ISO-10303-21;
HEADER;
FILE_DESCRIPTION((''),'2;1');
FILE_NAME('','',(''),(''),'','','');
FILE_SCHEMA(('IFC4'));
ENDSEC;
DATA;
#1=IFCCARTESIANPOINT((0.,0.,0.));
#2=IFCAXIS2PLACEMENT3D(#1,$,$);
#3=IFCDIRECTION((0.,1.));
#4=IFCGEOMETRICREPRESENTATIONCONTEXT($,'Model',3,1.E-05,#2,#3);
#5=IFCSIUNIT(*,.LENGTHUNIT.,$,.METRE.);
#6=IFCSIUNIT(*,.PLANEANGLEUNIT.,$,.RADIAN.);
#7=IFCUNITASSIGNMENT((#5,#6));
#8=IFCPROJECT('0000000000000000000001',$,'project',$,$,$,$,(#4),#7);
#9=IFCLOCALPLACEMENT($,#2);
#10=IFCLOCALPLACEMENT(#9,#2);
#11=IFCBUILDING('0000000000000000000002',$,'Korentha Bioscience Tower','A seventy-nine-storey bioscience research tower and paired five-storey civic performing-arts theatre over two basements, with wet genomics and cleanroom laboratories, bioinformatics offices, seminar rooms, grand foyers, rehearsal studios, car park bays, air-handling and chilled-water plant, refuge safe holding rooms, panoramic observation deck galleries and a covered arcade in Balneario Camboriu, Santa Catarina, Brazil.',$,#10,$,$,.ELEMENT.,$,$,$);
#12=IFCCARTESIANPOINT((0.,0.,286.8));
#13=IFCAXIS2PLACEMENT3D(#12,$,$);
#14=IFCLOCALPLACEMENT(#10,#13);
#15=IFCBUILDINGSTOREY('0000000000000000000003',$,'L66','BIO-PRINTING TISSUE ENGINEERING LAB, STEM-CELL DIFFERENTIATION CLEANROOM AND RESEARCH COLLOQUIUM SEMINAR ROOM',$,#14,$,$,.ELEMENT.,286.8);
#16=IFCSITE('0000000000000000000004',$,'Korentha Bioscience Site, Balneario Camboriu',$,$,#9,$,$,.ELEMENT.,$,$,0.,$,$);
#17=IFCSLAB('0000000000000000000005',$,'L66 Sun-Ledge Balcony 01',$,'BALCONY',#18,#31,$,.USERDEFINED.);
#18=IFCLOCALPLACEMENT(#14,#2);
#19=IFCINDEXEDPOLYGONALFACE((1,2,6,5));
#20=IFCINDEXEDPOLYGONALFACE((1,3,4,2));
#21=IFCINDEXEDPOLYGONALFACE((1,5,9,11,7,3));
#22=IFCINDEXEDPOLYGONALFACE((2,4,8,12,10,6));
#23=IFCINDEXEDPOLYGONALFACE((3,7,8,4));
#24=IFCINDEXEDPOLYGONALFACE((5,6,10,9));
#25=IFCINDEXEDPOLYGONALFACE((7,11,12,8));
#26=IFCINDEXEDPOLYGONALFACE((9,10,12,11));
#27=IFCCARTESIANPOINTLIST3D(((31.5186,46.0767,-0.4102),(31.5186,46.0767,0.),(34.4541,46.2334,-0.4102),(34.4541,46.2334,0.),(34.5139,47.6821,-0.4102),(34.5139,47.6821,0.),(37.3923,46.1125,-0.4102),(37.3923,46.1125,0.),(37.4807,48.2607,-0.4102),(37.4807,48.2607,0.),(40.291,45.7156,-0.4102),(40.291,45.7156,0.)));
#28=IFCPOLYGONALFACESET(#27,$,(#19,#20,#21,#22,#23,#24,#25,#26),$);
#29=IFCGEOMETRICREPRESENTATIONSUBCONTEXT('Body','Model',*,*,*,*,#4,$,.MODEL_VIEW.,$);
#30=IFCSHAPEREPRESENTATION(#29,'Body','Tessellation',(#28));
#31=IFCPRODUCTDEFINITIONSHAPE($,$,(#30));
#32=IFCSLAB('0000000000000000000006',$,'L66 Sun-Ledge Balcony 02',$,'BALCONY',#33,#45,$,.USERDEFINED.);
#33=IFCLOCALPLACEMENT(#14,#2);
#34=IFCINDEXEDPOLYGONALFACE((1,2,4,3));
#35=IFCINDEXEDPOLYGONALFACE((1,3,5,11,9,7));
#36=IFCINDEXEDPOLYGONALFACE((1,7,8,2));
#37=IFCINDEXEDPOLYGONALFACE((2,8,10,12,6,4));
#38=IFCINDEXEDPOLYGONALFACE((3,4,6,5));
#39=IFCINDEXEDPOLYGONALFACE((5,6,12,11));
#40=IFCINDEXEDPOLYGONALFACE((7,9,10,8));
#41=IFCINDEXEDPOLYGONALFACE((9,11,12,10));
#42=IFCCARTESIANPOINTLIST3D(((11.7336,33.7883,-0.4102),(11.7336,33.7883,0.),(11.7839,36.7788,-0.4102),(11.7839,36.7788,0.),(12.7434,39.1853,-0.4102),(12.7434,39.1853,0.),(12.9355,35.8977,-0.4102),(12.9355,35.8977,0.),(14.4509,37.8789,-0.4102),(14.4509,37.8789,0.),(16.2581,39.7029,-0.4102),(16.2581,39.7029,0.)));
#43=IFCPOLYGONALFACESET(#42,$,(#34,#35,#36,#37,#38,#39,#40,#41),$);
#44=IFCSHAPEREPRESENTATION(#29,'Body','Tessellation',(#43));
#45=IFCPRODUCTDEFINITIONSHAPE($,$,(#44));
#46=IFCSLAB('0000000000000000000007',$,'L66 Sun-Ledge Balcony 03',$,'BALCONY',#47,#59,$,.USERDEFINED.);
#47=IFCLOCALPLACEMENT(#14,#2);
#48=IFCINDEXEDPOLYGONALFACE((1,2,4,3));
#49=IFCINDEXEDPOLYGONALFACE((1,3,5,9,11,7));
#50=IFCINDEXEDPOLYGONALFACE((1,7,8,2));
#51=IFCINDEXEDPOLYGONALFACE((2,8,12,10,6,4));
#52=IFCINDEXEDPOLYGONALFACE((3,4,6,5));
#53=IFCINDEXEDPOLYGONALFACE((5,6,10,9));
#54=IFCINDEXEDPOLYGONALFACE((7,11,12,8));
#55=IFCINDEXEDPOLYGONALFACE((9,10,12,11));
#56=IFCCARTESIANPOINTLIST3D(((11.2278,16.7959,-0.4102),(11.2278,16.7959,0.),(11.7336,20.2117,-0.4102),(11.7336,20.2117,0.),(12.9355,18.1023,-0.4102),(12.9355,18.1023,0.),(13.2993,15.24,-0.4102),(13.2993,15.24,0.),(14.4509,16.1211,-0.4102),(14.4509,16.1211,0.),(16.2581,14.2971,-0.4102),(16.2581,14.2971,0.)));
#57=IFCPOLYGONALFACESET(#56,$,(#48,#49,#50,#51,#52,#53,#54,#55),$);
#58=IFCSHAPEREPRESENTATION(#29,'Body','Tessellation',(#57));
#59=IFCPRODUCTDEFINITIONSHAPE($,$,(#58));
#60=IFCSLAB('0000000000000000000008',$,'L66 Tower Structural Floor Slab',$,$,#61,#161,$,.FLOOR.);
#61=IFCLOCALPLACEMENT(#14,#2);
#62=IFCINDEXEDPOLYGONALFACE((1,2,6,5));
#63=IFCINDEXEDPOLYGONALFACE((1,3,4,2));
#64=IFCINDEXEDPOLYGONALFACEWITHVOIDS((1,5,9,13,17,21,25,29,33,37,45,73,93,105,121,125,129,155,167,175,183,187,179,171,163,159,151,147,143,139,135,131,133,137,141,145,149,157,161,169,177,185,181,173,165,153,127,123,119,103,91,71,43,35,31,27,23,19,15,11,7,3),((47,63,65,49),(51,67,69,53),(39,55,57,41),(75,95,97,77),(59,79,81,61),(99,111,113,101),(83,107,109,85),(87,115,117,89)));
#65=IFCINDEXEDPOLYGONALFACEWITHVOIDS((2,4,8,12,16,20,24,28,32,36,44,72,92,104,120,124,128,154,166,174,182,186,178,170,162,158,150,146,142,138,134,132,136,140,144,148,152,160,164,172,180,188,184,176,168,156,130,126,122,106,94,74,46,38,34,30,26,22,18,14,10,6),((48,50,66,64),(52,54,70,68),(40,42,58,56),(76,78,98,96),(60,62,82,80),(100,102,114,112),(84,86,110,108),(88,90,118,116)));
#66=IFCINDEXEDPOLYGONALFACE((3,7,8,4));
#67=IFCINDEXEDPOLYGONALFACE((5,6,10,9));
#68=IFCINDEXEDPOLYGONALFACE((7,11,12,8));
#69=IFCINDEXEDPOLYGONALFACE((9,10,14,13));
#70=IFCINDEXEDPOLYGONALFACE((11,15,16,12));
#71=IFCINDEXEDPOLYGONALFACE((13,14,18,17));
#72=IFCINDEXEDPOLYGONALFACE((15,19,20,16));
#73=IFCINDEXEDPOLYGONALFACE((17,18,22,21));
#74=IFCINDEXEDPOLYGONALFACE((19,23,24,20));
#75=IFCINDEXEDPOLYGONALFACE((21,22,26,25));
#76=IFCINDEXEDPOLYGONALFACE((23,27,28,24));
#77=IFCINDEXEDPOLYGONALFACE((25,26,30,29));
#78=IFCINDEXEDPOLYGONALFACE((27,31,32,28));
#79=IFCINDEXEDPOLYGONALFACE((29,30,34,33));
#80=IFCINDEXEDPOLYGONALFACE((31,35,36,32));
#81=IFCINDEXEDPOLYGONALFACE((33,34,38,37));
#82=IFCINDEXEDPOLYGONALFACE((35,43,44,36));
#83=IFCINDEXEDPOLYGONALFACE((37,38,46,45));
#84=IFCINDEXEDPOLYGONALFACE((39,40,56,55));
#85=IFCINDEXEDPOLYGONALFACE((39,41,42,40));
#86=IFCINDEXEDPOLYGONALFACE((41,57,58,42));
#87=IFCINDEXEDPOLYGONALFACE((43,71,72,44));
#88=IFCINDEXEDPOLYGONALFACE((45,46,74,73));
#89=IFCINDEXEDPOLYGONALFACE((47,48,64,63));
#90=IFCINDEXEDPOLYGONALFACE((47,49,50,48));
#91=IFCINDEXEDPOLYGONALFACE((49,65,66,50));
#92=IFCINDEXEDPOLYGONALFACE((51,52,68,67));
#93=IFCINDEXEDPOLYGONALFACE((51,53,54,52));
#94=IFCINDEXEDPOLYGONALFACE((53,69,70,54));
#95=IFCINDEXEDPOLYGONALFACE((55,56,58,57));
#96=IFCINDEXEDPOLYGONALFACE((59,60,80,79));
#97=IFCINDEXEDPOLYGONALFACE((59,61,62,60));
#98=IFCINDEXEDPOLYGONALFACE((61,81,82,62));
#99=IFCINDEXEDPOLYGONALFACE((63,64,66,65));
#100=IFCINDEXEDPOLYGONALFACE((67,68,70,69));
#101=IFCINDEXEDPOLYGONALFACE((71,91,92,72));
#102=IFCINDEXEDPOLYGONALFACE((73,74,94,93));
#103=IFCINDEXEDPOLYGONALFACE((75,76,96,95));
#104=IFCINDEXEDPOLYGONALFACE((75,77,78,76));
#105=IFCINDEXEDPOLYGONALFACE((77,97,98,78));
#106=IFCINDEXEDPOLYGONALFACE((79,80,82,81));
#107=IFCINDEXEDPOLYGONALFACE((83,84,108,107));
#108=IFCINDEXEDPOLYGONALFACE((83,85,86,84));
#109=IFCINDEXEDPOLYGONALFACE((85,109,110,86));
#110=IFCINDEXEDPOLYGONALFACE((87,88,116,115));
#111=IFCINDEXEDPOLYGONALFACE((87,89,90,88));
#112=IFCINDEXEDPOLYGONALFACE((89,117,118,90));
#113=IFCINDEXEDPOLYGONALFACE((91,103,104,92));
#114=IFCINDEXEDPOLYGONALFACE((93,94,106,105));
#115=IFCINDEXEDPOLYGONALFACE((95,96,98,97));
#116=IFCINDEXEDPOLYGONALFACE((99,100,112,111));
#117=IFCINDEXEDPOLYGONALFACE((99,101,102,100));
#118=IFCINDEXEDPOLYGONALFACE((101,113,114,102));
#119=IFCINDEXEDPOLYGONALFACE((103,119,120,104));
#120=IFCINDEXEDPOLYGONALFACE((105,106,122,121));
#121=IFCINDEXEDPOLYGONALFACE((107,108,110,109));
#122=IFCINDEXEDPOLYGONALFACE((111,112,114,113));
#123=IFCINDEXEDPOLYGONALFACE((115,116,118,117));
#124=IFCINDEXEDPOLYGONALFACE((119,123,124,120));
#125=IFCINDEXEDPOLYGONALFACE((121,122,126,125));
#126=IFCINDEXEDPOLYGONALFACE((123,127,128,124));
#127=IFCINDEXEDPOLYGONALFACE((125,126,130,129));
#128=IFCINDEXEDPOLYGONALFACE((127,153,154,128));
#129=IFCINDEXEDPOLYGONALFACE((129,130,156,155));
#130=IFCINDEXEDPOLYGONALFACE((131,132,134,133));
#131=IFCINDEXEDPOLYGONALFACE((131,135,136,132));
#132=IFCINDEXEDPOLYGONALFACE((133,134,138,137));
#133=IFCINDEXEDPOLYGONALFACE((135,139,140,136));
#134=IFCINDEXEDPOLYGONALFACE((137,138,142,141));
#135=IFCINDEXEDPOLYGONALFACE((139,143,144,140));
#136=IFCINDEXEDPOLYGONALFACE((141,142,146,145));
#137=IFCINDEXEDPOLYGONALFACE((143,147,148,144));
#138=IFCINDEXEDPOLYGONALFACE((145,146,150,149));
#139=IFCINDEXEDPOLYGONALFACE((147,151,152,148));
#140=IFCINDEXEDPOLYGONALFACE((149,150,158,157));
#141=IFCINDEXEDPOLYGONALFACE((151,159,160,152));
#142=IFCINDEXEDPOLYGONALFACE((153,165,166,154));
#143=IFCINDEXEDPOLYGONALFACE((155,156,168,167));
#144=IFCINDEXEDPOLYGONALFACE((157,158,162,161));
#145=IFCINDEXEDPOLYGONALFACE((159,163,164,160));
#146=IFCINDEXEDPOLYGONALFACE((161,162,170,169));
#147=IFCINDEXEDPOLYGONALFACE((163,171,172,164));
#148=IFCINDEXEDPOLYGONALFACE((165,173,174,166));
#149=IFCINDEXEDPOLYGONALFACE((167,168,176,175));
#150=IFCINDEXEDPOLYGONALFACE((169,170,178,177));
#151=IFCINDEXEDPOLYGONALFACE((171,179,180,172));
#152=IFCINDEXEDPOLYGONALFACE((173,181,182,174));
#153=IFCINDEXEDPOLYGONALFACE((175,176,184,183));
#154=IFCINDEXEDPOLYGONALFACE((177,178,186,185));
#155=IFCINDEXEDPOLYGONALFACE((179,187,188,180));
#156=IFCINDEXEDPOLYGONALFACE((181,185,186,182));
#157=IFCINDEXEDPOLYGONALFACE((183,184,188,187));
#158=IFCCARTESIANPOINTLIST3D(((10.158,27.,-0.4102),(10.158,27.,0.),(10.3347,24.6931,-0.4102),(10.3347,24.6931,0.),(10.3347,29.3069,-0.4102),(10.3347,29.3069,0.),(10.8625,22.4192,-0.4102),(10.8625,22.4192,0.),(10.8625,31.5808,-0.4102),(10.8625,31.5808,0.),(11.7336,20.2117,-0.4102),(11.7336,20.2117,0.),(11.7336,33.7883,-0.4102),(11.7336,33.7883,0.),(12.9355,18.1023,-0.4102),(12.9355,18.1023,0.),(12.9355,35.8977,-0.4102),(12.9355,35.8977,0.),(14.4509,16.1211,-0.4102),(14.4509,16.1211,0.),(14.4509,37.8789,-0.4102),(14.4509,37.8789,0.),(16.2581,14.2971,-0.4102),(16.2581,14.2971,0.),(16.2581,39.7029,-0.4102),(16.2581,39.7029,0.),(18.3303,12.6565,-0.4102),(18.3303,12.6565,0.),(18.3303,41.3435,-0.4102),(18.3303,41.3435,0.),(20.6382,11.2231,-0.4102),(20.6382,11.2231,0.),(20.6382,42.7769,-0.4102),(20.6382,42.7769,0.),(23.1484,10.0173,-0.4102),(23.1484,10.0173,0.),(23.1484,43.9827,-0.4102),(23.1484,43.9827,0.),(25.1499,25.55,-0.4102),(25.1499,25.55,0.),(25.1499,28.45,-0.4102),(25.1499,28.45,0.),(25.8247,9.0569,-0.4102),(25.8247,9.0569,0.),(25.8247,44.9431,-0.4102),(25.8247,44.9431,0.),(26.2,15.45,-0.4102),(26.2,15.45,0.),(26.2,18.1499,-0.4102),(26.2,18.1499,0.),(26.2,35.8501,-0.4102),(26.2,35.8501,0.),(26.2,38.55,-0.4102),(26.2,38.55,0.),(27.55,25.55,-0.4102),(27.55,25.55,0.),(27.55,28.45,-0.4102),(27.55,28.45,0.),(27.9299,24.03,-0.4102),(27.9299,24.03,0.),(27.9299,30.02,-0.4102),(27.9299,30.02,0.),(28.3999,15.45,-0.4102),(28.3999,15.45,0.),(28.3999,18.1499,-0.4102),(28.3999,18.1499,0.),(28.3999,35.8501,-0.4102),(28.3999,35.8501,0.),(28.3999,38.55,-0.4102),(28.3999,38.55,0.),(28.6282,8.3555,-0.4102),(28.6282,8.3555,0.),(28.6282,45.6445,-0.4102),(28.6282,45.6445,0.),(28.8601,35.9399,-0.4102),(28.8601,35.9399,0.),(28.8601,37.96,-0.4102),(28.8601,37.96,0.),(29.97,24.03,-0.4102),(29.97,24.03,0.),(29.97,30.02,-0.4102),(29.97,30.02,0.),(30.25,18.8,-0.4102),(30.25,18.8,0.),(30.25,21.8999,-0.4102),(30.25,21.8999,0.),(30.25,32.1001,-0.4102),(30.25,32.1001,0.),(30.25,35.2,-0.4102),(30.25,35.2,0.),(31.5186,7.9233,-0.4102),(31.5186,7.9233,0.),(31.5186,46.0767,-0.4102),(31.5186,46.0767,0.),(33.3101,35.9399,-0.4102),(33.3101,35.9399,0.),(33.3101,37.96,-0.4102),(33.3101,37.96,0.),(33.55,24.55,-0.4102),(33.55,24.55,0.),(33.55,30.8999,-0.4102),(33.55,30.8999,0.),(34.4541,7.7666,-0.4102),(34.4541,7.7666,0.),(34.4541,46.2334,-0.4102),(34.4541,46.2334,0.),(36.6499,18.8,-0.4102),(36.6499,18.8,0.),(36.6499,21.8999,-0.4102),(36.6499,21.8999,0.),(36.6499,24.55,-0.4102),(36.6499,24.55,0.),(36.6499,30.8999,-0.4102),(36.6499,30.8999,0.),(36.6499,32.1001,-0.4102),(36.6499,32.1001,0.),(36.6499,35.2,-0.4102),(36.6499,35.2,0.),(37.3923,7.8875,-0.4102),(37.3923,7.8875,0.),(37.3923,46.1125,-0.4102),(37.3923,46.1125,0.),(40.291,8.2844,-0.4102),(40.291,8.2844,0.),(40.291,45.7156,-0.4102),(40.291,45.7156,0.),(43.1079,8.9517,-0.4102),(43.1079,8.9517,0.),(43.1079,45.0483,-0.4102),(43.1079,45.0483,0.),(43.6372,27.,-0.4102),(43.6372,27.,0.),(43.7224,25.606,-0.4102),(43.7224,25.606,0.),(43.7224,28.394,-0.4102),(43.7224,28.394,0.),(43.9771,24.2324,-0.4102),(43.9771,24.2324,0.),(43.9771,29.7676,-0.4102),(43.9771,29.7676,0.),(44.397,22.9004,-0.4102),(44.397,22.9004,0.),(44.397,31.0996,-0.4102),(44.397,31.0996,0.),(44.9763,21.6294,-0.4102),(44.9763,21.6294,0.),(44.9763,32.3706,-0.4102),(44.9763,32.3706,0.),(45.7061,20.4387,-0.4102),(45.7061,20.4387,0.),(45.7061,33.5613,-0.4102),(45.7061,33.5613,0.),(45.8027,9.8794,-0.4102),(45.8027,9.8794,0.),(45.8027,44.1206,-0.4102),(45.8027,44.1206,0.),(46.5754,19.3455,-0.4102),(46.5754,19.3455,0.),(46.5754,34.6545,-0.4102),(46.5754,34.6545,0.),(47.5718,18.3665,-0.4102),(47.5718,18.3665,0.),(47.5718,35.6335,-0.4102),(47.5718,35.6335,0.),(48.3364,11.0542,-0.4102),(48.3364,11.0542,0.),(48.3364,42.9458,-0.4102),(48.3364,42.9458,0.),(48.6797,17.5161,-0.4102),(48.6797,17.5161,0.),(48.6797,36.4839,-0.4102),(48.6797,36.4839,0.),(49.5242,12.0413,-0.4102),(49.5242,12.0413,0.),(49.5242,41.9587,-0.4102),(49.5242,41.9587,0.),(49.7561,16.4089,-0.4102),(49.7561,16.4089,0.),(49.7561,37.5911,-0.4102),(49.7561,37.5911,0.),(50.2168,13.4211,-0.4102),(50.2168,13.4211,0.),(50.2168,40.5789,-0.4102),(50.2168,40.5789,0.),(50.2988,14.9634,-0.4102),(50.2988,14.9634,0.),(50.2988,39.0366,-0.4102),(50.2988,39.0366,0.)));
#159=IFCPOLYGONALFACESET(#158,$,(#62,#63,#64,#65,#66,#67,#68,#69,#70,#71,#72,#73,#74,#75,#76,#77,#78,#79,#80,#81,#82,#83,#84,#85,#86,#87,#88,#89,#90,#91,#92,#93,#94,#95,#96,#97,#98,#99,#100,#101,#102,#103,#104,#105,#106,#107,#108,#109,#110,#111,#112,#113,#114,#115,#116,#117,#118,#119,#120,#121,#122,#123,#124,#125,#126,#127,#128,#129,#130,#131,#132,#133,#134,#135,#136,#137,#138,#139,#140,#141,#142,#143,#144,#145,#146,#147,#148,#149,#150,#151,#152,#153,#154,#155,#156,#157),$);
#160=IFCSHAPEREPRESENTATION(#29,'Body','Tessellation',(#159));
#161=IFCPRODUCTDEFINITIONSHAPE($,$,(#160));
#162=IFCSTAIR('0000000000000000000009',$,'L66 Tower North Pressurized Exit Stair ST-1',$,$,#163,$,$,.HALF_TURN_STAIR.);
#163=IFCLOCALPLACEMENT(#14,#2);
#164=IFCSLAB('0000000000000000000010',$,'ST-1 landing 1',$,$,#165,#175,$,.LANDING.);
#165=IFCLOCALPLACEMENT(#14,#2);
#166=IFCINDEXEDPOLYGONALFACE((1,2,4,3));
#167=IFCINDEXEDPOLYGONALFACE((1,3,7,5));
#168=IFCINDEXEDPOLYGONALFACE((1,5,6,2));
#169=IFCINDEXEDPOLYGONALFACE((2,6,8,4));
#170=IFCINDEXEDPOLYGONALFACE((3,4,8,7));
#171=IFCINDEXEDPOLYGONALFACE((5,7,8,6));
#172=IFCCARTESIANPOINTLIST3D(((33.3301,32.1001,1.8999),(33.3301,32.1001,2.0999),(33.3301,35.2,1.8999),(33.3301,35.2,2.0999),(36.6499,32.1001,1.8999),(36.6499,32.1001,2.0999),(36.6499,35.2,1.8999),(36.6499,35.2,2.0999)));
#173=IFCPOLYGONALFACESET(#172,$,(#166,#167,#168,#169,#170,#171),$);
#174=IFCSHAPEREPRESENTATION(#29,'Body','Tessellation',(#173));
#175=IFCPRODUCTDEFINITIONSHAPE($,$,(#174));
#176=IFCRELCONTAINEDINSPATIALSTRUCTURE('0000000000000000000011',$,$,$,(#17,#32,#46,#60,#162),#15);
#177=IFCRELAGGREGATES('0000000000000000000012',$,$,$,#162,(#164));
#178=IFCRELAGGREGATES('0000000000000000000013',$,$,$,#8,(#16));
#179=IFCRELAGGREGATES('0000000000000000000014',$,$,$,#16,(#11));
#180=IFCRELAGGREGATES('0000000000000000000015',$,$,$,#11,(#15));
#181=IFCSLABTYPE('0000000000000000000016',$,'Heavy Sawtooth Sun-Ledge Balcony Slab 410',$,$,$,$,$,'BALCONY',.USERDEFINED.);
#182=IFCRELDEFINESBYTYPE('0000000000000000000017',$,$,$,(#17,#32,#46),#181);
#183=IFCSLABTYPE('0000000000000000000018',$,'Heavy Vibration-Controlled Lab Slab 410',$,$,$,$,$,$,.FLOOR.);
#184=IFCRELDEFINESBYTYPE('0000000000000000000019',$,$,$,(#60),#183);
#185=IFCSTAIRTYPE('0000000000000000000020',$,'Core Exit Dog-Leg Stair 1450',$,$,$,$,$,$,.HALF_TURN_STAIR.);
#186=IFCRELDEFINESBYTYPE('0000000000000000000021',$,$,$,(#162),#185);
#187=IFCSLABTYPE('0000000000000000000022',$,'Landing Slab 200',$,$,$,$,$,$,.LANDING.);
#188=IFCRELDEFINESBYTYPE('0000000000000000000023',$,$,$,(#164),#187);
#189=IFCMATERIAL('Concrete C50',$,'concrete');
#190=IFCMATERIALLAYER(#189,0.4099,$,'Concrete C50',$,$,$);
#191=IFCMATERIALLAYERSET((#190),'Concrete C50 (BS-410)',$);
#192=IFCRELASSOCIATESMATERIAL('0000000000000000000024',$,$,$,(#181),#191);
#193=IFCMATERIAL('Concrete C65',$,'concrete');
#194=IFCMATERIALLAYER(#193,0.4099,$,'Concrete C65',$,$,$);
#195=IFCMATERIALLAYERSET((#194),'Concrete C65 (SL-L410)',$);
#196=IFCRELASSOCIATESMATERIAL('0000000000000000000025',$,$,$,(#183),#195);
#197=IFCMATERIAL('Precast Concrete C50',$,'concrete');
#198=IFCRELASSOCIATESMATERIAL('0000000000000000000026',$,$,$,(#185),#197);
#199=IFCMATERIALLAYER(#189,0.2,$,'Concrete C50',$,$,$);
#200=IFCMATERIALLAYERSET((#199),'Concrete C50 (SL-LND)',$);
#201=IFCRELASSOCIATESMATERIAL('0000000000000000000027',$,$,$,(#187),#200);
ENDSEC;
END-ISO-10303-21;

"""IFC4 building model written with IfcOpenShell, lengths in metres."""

from ifc_helpers import new_model, si_unit, direction, frame, origin, place, context, subcontext, project, spatial, polyline, outline, extrude, material, layer, layer_set, type_object, element, aggregate, save


model = new_model("IFC4")

# Units and contexts
model_context = context("Model", 3, precision=1e-05, world=origin(), true_north=direction((0.0, 1.0)))
body_context = subcontext(model_context, "Body", "Model", "MODEL_VIEW")
ifc_project = project(units=[si_unit("LENGTHUNIT", "METRE"), si_unit("PLANEANGLEUNIT", "RADIAN")], contexts=[model_context])

# Site, building, storey
site_placement = place(None, origin())
site = spatial("IfcSite", under=ifc_project, at=site_placement, Name="Korentha Bioscience Site, Balneario Camboriu", CompositionType="ELEMENT", RefElevation=0.0)
building_placement = place(site_placement, origin())
building = spatial("IfcBuilding", under=site, at=building_placement, Name="Korentha Bioscience Tower", Description="A seventy-nine-storey bioscience research tower and paired five-storey civic performing-arts theatre over two basements, with wet genomics and cleanroom laboratories, bioinformatics offices, seminar rooms, grand foyers, rehearsal studios, car park bays, air-handling and chilled-water plant, refuge safe holding rooms, panoramic observation deck galleries and a covered arcade in Balneario Camboriu, Santa Catarina, Brazil.", CompositionType="ELEMENT")
storey_placement = place(building_placement, frame((0.0, 0.0, 286.8)))
storey = spatial("IfcBuildingStorey", under=building, at=storey_placement, Name="L66", Description="BIO-PRINTING TISSUE ENGINEERING LAB, STEM-CELL DIFFERENTIATION CLEANROOM AND RESEARCH COLLOQUIUM SEMINAR ROOM", CompositionType="ELEMENT", Elevation=286.8)

# Slabs
ifc_material_1 = material(Name="Concrete C50", Category="concrete")
ifc_layer_1 = layer(ifc_material_1, 0.4099, Name="Concrete C50")
ifc_layer_set_1 = layer_set([ifc_layer_1], Name="Concrete C50 (BS-410)")
slab_type_1 = type_object("IfcSlabType", Name="Heavy Sawtooth Sun-Ledge Balcony Slab 410", ElementType="BALCONY", PredefinedType="USERDEFINED", material=ifc_layer_set_1)
slab_1_placement = place(storey_placement, frame((0.0, 0.0, -0.4102)))
element("IfcSlab", 1, at=slab_1_placement, inside=storey, type_object=slab_type_1, Name="L66 Sun-Ledge Balcony 01", ObjectType="BALCONY", PredefinedType="USERDEFINED", context=body_context, shape_type="SweptSolid", body=[
    extrude(outline(polyline([(31.5186, 46.0767), (34.4541, 46.2334), (37.3923, 46.1125), (40.291, 45.7156), (37.4807, 48.2607), (34.5139, 47.6821), (31.5186, 46.0767)])), origin(), (0.0, 0.0, 1.0), 0.4102),
])
slab_2_placement = place(storey_placement, frame((0.0, 0.0, -0.4102)))
element("IfcSlab", 2, at=slab_2_placement, inside=storey, type_object=slab_type_1, Name="L66 Sun-Ledge Balcony 02", ObjectType="BALCONY", PredefinedType="USERDEFINED", context=body_context, shape_type="SweptSolid", body=[
    extrude(outline(polyline([(11.7336, 33.7883), (12.9355, 35.8977), (14.4509, 37.8789), (16.2581, 39.7029), (12.7434, 39.1853), (11.7839, 36.7788), (11.7336, 33.7883)])), origin(), (0.0, 0.0, 1.0), 0.4102),
])
slab_3_placement = place(storey_placement, frame((0.0, 0.0, -0.4102)))
element("IfcSlab", 3, at=slab_3_placement, inside=storey, type_object=slab_type_1, Name="L66 Sun-Ledge Balcony 03", ObjectType="BALCONY", PredefinedType="USERDEFINED", context=body_context, shape_type="SweptSolid", body=[
    extrude(outline(polyline([(16.2581, 14.2971), (14.4509, 16.1211), (12.9355, 18.1023), (11.7336, 20.2117), (11.2278, 16.7959), (13.2993, 15.24), (16.2581, 14.2971)])), origin(), (0.0, 0.0, 1.0), 0.4102),
])
ifc_material_2 = material(Name="Concrete C65", Category="concrete")
ifc_layer_2 = layer(ifc_material_2, 0.4099, Name="Concrete C65")
ifc_layer_set_2 = layer_set([ifc_layer_2], Name="Concrete C65 (SL-L410)")
slab_type_2 = type_object("IfcSlabType", Name="Heavy Vibration-Controlled Lab Slab 410", PredefinedType="FLOOR", material=ifc_layer_set_2)
slab_4_placement = place(storey_placement, frame((0.0, 0.0, -0.4102)))
element("IfcSlab", 4, at=slab_4_placement, inside=storey, type_object=slab_type_2, Name="L66 Tower Structural Floor Slab", PredefinedType="FLOOR", context=body_context, shape_type="SweptSolid", body=[
    extrude(outline(polyline([(48.3364, 42.9458), (45.8027, 44.1206), (43.1079, 45.0483), (40.291, 45.7156), (37.3923, 46.1125), (34.4541, 46.2334), (31.5186, 46.0767), (28.6282, 45.6445), (25.8247, 44.9431), (23.1484, 43.9827), (20.6382, 42.7769), (18.3303, 41.3435), (16.2581, 39.7029), (14.4509, 37.8789), (12.9355, 35.8977), (11.7336, 33.7883), (10.8625, 31.5808), (10.3347, 29.3069), (10.158, 27.0), (10.3347, 24.6931), (10.8625, 22.4192), (11.7336, 20.2117), (12.9355, 18.1023), (14.4509, 16.1211), (16.2581, 14.2971), (18.3303, 12.6565), (20.6382, 11.2231), (23.1484, 10.0173), (25.8247, 9.0569), (28.6282, 8.3555), (31.5186, 7.9233), (34.4541, 7.7666), (37.3923, 7.8875), (40.291, 8.2844), (43.1079, 8.9517), (45.8027, 9.8794), (48.3364, 11.0542), (49.5242, 12.0413), (50.2168, 13.4211), (50.2988, 14.9634), (49.7561, 16.4089), (48.6797, 17.5161), (47.5718, 18.3665), (46.5754, 19.3455), (45.7061, 20.4387), (44.9763, 21.6294), (44.397, 22.9004), (43.9771, 24.2324), (43.7224, 25.606), (43.6372, 27.0), (43.7224, 28.394), (43.9771, 29.7676), (44.397, 31.0996), (44.9763, 32.3706), (45.7061, 33.5613), (46.5754, 34.6545), (47.5718, 35.6335), (48.6797, 36.4839), (49.7561, 37.5911), (50.2988, 39.0366), (50.2168, 40.5789), (49.5242, 41.9587), (48.3364, 42.9458)]), holes=[polyline([(30.25, 32.1001), (36.6499, 32.1001), (36.6499, 35.2), (30.25, 35.2), (30.25, 32.1001)]), polyline([(30.25, 18.8), (36.6499, 18.8), (36.6499, 21.8999), (30.25, 21.8999), (30.25, 18.8)]), polyline([(36.6499, 24.55), (36.6499, 30.8999), (33.55, 30.8999), (33.55, 24.55), (36.6499, 24.55)]), polyline([(27.9299, 24.03), (29.97, 24.03), (29.97, 30.02), (27.9299, 30.02), (27.9299, 24.03)]), polyline([(28.8601, 35.9399), (33.3101, 35.9399), (33.3101, 37.96), (28.8601, 37.96), (28.8601, 35.9399)]), polyline([(26.2, 15.45), (28.3999, 15.45), (28.3999, 18.1499), (26.2, 18.1499), (26.2, 15.45)]), polyline([(26.2, 35.8501), (28.3999, 35.8501), (28.3999, 38.55), (26.2, 38.55), (26.2, 35.8501)]), polyline([(25.1499, 25.55), (27.55, 25.55), (27.55, 28.45), (25.1499, 28.45), (25.1499, 25.55)])]), origin(), (0.0, 0.0, 1.0), 0.4102),
])

# Stair, slab
ifc_material_3 = material(Name="Precast Concrete C50", Category="concrete")
stair_type = type_object("IfcStairType", Name="Core Exit Dog-Leg Stair 1450", PredefinedType="HALF_TURN_STAIR", material=ifc_material_3)
stair_1_placement = place(storey_placement, origin())
stair_1 = element("IfcStair", 5, at=stair_1_placement, inside=storey, type_object=stair_type, Name="L66 Tower North Pressurized Exit Stair ST-1", PredefinedType="HALF_TURN_STAIR")
ifc_layer_3 = layer(ifc_material_1, 0.2, Name="Concrete C50")
ifc_layer_set_3 = layer_set([ifc_layer_3], Name="Concrete C50 (SL-LND)")
slab_type_3 = type_object("IfcSlabType", Name="Landing Slab 200", PredefinedType="LANDING", material=ifc_layer_set_3)
slab_5_placement = place(storey_placement, frame((0.0, 0.0, 1.8999)))
slab_5 = element("IfcSlab", 6, at=slab_5_placement, type_object=slab_type_3, Name="ST-1 landing 1", PredefinedType="LANDING", context=body_context, shape_type="SweptSolid", body=[
    extrude(outline(polyline([(33.3301, 32.1001), (36.6499, 32.1001), (36.6499, 35.2), (33.3301, 35.2), (33.3301, 32.1001)])), origin(), (0.0, 0.0, 1.0), 0.2),
])
aggregate(stair_1, [slab_5])

save(model, "model.ifc")
